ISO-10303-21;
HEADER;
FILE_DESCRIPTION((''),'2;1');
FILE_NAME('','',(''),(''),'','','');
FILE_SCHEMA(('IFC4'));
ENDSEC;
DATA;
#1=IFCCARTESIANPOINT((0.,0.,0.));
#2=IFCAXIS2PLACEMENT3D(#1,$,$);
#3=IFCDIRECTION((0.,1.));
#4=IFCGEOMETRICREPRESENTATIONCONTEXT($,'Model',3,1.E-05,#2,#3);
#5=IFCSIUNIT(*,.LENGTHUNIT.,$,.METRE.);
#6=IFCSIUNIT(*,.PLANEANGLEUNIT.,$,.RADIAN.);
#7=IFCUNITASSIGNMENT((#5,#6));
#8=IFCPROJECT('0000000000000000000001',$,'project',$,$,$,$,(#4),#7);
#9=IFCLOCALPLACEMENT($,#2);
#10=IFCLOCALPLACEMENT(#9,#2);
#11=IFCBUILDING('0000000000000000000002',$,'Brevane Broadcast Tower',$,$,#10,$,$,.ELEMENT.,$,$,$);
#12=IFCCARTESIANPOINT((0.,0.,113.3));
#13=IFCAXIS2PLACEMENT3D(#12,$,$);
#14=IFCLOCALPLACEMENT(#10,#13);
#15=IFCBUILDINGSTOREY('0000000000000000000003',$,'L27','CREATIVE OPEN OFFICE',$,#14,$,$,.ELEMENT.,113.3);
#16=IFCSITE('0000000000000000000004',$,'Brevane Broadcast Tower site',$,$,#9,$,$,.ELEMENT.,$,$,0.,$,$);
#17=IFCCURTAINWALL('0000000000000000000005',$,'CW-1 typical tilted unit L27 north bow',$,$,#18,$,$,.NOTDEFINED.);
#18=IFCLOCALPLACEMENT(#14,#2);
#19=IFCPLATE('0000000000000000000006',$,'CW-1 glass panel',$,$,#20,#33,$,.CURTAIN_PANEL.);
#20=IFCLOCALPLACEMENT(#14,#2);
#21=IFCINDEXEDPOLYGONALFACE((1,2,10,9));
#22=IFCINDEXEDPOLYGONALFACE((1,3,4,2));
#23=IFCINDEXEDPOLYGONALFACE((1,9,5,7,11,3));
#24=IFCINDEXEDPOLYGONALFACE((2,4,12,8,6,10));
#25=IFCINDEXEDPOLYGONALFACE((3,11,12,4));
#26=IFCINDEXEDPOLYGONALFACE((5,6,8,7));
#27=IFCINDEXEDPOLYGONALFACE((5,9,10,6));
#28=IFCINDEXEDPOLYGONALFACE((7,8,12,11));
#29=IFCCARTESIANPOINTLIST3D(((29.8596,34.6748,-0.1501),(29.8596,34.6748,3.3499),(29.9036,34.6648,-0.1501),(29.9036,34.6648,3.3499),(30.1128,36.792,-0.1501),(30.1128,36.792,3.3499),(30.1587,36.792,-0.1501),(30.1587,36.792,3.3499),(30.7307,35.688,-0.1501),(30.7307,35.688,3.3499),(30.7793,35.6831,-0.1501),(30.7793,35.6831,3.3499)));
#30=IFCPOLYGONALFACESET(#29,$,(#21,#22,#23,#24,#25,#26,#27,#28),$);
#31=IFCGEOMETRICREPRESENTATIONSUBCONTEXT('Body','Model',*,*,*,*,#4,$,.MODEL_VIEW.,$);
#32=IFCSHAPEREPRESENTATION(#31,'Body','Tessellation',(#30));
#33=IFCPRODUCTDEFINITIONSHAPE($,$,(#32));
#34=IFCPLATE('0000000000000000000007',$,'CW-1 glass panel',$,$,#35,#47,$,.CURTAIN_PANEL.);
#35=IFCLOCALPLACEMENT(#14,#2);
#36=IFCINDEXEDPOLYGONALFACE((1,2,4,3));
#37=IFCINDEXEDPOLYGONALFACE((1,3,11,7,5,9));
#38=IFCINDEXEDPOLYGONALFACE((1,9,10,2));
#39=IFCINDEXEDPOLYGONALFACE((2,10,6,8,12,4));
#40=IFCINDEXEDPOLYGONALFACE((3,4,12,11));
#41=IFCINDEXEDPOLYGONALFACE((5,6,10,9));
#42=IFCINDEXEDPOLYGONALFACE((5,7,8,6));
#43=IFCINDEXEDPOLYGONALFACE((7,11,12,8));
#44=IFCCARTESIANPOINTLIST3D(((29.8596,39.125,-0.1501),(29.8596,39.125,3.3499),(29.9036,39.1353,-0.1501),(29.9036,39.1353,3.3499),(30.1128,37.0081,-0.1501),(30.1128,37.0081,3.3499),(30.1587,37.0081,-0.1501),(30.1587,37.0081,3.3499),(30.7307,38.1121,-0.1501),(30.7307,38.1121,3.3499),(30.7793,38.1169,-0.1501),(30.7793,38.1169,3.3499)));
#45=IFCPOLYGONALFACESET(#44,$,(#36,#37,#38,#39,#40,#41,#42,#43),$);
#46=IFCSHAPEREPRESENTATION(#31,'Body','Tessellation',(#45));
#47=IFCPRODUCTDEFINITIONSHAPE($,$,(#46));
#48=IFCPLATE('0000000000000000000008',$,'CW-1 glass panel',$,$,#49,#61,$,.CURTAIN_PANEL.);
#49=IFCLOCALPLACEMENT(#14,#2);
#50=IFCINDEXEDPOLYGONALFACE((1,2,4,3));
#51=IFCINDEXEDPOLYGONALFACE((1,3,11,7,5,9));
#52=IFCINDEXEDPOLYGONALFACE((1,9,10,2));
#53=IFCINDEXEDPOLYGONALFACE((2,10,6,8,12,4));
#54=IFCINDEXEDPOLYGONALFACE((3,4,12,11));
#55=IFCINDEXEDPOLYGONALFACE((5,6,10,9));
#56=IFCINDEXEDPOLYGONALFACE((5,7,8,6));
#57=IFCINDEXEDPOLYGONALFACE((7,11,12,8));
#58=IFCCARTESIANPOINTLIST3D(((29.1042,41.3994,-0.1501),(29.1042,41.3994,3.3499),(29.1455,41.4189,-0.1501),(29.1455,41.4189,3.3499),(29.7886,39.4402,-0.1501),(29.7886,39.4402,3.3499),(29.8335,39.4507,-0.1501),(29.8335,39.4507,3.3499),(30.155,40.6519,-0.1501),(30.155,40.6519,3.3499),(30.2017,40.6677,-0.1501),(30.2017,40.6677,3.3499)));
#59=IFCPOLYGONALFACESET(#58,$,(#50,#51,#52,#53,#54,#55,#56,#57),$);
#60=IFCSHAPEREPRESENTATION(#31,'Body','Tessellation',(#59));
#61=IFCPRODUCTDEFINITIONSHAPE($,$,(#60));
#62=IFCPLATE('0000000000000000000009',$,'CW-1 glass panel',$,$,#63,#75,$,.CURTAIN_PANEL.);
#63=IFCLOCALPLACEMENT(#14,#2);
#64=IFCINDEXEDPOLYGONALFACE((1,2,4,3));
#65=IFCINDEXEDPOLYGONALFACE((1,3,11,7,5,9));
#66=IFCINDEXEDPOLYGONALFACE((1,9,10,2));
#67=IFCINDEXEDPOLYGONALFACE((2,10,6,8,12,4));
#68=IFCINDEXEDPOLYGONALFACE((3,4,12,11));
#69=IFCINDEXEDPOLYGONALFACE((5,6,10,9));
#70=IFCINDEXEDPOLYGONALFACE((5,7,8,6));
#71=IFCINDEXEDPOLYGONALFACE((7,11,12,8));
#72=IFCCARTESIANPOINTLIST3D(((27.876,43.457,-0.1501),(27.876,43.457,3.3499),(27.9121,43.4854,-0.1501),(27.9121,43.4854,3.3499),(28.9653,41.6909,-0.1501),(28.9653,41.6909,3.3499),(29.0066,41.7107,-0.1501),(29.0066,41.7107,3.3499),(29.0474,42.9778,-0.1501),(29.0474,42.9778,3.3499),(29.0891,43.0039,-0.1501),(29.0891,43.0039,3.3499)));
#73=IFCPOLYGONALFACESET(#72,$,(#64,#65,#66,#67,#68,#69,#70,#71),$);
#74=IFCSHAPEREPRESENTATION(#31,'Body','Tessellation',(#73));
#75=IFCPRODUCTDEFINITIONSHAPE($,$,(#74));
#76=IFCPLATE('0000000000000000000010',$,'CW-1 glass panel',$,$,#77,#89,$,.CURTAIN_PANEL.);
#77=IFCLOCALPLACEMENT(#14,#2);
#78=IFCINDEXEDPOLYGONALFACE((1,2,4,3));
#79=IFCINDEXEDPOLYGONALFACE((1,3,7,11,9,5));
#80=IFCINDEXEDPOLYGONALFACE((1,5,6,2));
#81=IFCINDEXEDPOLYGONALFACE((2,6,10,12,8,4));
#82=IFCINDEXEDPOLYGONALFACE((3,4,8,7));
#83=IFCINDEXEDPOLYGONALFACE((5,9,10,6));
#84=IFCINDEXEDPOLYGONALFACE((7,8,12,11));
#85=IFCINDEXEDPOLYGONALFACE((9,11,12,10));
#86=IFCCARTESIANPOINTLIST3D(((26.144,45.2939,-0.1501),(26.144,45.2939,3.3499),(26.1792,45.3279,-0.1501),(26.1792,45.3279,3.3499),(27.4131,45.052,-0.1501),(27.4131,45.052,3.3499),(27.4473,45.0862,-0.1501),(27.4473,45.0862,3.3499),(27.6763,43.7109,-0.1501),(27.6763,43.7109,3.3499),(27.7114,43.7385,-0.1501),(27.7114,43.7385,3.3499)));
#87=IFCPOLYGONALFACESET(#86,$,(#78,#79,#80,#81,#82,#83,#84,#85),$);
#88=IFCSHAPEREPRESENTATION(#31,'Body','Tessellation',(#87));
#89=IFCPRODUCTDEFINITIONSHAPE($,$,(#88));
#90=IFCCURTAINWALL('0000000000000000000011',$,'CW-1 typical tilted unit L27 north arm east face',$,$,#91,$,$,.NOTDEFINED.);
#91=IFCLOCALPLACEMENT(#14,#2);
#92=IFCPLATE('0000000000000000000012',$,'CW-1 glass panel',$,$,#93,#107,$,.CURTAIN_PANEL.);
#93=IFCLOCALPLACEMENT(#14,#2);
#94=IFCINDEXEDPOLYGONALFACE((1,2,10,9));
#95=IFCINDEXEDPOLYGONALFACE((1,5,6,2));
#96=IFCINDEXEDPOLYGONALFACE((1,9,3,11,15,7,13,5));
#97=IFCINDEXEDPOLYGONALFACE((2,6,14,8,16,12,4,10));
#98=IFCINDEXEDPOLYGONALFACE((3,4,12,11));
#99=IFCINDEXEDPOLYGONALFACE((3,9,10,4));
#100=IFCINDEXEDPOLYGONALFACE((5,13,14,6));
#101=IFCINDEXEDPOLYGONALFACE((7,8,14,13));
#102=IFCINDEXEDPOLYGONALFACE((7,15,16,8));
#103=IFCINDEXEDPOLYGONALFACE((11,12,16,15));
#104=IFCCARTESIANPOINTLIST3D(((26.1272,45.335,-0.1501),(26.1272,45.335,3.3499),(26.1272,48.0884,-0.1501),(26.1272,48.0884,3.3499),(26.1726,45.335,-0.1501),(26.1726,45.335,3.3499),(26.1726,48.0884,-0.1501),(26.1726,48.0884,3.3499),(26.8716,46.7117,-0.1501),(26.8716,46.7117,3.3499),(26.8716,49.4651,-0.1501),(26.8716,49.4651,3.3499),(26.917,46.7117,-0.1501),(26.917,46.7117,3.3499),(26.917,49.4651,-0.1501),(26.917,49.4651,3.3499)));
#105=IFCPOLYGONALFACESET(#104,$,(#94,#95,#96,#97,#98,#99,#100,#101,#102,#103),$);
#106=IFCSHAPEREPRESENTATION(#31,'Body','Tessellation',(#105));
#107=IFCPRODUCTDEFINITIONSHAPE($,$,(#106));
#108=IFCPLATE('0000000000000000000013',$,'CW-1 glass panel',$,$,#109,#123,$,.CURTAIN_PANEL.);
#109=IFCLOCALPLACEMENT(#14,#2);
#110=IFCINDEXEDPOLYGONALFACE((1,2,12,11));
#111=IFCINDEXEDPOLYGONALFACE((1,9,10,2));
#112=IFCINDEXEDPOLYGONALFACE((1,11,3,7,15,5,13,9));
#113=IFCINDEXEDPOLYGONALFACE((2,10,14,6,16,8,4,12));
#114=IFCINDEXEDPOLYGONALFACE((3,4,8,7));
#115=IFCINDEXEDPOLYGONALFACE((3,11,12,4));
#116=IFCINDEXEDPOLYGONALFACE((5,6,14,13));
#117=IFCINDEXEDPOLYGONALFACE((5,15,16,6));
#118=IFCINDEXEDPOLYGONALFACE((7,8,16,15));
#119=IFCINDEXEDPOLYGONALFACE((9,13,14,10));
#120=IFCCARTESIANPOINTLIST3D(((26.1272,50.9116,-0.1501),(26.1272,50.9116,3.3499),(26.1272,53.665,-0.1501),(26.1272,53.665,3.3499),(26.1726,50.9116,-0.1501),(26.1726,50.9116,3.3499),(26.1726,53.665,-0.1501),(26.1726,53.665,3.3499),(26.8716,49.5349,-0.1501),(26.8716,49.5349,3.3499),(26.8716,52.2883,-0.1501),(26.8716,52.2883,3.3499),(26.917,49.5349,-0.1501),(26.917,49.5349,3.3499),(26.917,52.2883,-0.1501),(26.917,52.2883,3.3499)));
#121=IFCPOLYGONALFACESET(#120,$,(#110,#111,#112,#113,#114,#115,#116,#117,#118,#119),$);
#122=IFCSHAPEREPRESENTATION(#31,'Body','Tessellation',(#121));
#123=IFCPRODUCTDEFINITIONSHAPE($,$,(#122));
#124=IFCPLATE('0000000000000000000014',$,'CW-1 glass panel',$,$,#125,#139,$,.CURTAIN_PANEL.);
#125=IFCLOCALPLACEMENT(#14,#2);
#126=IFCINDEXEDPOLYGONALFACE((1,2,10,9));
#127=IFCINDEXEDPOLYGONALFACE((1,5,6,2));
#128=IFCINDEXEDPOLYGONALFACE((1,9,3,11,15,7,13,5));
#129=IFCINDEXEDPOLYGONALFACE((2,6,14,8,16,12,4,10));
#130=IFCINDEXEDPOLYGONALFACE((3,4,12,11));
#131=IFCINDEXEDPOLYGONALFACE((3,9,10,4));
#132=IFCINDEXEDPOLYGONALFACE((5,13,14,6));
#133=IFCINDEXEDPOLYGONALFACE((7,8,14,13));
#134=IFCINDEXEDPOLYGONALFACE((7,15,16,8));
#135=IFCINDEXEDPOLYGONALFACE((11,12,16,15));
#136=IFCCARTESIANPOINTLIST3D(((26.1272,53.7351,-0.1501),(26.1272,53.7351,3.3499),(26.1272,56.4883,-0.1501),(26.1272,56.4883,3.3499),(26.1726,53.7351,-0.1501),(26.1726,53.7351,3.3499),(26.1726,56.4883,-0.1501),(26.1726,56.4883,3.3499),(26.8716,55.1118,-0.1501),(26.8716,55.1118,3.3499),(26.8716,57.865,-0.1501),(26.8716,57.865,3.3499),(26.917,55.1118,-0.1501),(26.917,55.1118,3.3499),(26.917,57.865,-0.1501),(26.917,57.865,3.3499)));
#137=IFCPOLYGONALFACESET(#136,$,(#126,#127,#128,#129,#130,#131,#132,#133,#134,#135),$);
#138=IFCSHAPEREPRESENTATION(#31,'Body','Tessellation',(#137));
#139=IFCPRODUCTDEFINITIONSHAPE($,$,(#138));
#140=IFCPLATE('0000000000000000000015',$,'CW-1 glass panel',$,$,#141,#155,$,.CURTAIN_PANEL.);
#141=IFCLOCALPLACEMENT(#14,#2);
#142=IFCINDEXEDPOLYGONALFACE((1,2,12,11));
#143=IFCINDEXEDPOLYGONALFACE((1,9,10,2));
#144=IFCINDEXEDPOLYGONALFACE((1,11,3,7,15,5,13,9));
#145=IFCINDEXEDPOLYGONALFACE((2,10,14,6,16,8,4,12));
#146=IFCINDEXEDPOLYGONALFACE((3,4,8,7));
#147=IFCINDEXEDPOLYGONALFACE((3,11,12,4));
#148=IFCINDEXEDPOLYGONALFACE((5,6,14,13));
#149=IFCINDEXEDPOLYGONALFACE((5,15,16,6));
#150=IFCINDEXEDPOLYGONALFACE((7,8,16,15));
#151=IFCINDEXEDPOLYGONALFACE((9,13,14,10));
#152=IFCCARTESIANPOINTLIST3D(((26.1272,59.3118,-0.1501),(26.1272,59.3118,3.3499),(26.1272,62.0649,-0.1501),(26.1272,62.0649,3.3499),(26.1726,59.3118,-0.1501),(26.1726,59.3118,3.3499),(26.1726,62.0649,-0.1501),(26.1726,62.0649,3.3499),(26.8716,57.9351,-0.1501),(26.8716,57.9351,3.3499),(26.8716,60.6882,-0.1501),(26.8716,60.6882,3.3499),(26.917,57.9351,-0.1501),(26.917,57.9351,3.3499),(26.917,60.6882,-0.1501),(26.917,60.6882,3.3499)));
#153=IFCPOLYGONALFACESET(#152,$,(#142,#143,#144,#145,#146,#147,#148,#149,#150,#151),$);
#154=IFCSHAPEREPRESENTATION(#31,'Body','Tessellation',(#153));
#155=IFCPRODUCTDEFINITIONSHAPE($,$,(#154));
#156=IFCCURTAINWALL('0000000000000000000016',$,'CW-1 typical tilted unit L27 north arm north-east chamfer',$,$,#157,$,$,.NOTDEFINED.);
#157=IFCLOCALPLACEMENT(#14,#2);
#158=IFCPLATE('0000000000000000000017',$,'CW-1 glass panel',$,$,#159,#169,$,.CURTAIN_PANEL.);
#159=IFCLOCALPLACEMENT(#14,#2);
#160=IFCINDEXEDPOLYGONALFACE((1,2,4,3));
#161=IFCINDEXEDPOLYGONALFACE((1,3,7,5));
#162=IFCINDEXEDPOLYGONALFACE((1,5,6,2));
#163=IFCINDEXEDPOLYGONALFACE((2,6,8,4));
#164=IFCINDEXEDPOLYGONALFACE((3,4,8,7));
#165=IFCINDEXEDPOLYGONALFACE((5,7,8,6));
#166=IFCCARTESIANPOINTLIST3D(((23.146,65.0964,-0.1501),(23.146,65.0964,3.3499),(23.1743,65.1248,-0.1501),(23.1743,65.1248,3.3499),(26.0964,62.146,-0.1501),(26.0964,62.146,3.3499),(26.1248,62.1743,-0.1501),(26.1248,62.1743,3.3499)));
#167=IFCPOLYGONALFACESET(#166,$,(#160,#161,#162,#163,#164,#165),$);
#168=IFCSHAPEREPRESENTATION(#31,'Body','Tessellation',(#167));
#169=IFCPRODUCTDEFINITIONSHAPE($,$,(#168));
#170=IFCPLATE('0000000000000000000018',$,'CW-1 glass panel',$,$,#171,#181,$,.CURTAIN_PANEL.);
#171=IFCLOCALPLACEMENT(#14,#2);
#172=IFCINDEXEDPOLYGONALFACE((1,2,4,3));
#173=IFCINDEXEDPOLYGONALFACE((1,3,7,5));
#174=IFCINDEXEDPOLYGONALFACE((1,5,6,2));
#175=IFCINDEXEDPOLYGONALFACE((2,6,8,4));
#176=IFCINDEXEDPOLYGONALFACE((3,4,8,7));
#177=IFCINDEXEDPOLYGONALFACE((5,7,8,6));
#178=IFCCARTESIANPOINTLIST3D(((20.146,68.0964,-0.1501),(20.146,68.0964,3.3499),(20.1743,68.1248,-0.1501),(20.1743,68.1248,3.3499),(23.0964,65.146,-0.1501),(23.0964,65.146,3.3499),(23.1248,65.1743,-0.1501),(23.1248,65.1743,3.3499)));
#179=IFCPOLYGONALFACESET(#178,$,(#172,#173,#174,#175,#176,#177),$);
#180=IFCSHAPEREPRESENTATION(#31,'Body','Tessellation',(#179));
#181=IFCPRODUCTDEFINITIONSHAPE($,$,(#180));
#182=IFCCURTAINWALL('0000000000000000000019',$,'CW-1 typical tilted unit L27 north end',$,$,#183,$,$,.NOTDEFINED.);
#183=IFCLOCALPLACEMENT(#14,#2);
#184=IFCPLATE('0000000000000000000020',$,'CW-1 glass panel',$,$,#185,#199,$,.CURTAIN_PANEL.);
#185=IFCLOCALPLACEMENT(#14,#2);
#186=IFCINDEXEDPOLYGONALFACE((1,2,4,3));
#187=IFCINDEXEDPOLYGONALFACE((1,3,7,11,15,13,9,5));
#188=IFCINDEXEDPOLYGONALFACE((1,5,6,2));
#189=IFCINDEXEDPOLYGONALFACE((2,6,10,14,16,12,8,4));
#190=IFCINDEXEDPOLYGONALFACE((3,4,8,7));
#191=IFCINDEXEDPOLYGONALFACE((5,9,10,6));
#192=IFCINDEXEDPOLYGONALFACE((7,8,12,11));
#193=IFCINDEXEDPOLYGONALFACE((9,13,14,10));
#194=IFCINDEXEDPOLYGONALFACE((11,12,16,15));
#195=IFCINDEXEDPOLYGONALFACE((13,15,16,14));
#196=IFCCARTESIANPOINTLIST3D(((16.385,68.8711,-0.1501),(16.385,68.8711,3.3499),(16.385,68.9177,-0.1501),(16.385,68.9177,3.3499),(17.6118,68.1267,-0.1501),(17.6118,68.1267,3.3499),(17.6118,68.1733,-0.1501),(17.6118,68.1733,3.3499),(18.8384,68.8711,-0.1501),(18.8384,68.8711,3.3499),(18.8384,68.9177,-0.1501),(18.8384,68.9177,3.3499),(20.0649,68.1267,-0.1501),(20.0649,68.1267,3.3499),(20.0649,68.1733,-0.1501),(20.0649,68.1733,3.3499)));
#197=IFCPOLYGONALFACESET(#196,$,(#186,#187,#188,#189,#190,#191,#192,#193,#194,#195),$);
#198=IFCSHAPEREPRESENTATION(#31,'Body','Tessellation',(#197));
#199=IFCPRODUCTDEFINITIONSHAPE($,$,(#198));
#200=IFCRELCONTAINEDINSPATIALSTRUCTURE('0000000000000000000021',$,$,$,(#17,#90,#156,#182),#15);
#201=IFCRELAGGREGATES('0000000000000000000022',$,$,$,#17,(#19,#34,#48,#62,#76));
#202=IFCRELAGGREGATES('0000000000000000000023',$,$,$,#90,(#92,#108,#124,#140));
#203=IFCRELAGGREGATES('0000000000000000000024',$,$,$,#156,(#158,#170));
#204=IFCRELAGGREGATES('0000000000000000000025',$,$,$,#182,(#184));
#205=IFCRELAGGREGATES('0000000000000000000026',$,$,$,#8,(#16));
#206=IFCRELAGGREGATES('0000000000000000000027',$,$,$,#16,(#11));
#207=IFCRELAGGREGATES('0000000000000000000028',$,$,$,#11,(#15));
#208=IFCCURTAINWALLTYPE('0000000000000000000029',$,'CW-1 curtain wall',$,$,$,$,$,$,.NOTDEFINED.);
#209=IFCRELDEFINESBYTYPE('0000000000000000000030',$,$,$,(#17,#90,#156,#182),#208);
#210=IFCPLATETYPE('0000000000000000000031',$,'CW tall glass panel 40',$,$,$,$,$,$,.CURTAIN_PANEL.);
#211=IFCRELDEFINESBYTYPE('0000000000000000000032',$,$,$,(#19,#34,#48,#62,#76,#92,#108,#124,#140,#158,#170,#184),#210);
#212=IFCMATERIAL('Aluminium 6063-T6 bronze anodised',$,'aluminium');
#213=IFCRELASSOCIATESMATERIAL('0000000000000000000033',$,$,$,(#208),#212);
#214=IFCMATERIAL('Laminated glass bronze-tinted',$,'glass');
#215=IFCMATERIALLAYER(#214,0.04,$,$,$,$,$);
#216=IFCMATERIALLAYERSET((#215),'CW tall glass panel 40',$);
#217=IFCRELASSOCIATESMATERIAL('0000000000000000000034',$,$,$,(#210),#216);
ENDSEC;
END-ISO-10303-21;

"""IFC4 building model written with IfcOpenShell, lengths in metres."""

from ifc_helpers import new_model, si_unit, direction, frame, origin, place, context, subcontext, project, spatial, polyline, outline, extrude, material, layer, layer_set, type_object, element, aggregate, save


model = new_model("IFC4")

# Units and contexts
model_context = context("Model", 3, precision=1e-05, world=origin(), true_north=direction((0.0, 1.0)))
body_context = subcontext(model_context, "Body", "Model", "MODEL_VIEW")
ifc_project = project(units=[si_unit("LENGTHUNIT", "METRE"), si_unit("PLANEANGLEUNIT", "RADIAN")], contexts=[model_context])

# Site, building, storey
site_placement = place(None, origin())
site = spatial("IfcSite", under=ifc_project, at=site_placement, Name="Brevane Broadcast Tower site", CompositionType="ELEMENT", RefElevation=0.0)
building_placement = place(site_placement, origin())
building = spatial("IfcBuilding", under=site, at=building_placement, Name="Brevane Broadcast Tower", CompositionType="ELEMENT")
storey_placement = place(building_placement, frame((0.0, 0.0, 113.3)))
storey = spatial("IfcBuildingStorey", under=building, at=storey_placement, Name="L27", Description="CREATIVE OPEN OFFICE", CompositionType="ELEMENT", Elevation=113.3)

# Shared definitions
ifc_material_1 = material(Name="Aluminium 6063-T6 bronze anodised", Category="aluminium")
curtain_wall_type = type_object("IfcCurtainWallType", Name="CW-1 curtain wall", PredefinedType="NOTDEFINED", material=ifc_material_1)

# Curtain walls, plates
ifc_material_2 = material(Name="Laminated glass bronze-tinted", Category="glass")
ifc_layer = layer(ifc_material_2, 0.04)
ifc_layer_set = layer_set([ifc_layer], Name="CW tall glass panel 40")
plate_type = type_object("IfcPlateType", Name="CW tall glass panel 40", PredefinedType="CURTAIN_PANEL", material=ifc_layer_set)
curtain_wall_1_placement = place(storey_placement, origin())
curtain_wall_1 = element("IfcCurtainWall", 1, at=curtain_wall_1_placement, inside=storey, type_object=curtain_wall_type, Name="CW-1 typical tilted unit L27 north bow", PredefinedType="NOTDEFINED")
plate_1_placement = place(storey_placement, frame((0.0, 0.0, -0.1501)))
plate_1 = element("IfcPlate", 2, at=plate_1_placement, type_object=plate_type, Name="CW-1 glass panel", PredefinedType="CURTAIN_PANEL", context=body_context, shape_type="SweptSolid", body=[
    extrude(outline(polyline([(29.8596, 34.6748), (29.9036, 34.6648), (30.7793, 35.6831), (30.1587, 36.792), (30.1128, 36.792), (30.7307, 35.688), (29.8596, 34.6748)])), origin(), (0.0, 0.0, 1.0), 3.5),
])
plate_2_placement = place(storey_placement, frame((0.0, 0.0, -0.1501)))
plate_2 = element("IfcPlate", 3, at=plate_2_placement, type_object=plate_type, Name="CW-1 glass panel", PredefinedType="CURTAIN_PANEL", context=body_context, shape_type="SweptSolid", body=[
    extrude(outline(polyline([(30.1128, 37.0081), (30.1587, 37.0081), (30.7793, 38.1169), (29.9036, 39.1353), (29.8596, 39.125), (30.7307, 38.1121), (30.1128, 37.0081)])), origin(), (0.0, 0.0, 1.0), 3.5),
])
plate_3_placement = place(storey_placement, frame((0.0, 0.0, -0.1501)))
plate_3 = element("IfcPlate", 4, at=plate_3_placement, type_object=plate_type, Name="CW-1 glass panel", PredefinedType="CURTAIN_PANEL", context=body_context, shape_type="SweptSolid", body=[
    extrude(outline(polyline([(29.7886, 39.4402), (29.8335, 39.4507), (30.2017, 40.6677), (29.1455, 41.4189), (29.1042, 41.3994), (30.155, 40.6519), (29.7886, 39.4402)])), origin(), (0.0, 0.0, 1.0), 3.5),
])
plate_4_placement = place(storey_placement, frame((0.0, 0.0, -0.1501)))
plate_4 = element("IfcPlate", 5, at=plate_4_placement, type_object=plate_type, Name="CW-1 glass panel", PredefinedType="CURTAIN_PANEL", context=body_context, shape_type="SweptSolid", body=[
    extrude(outline(polyline([(28.9653, 41.6909), (29.0066, 41.7107), (29.0891, 43.0039), (27.9121, 43.4854), (27.876, 43.457), (29.0474, 42.9778), (28.9653, 41.6909)])), origin(), (0.0, 0.0, 1.0), 3.5),
])
plate_5_placement = place(storey_placement, frame((0.0, 0.0, -0.1501)))
plate_5 = element("IfcPlate", 6, at=plate_5_placement, type_object=plate_type, Name="CW-1 glass panel", PredefinedType="CURTAIN_PANEL", context=body_context, shape_type="SweptSolid", body=[
    extrude(outline(polyline([(27.6763, 43.7109), (27.7114, 43.7385), (27.4473, 45.0862), (26.1792, 45.3279), (26.144, 45.2939), (27.4131, 45.052), (27.6763, 43.7109)])), origin(), (0.0, 0.0, 1.0), 3.5),
])
aggregate(curtain_wall_1, [plate_1, plate_2, plate_3, plate_4, plate_5])
curtain_wall_2_placement = place(storey_placement, origin())
curtain_wall_2 = element("IfcCurtainWall", 7, at=curtain_wall_2_placement, inside=storey, type_object=curtain_wall_type, Name="CW-1 typical tilted unit L27 north arm east face", PredefinedType="NOTDEFINED")
plate_6_placement = place(storey_placement, frame((0.0, 0.0, -0.1501)))
plate_6 = element("IfcPlate", 8, at=plate_6_placement, type_object=plate_type, Name="CW-1 glass panel", PredefinedType="CURTAIN_PANEL", context=body_context, shape_type="SweptSolid", body=[
    extrude(outline(polyline([(26.1272, 45.335), (26.1726, 45.335), (26.917, 46.7117), (26.1726, 48.0884), (26.917, 49.4651), (26.8716, 49.4651), (26.1272, 48.0884), (26.8716, 46.7117), (26.1272, 45.335)])), origin(), (0.0, 0.0, 1.0), 3.5),
])
plate_7_placement = place(storey_placement, frame((0.0, 0.0, -0.1501)))
plate_7 = element("IfcPlate", 9, at=plate_7_placement, type_object=plate_type, Name="CW-1 glass panel", PredefinedType="CURTAIN_PANEL", context=body_context, shape_type="SweptSolid", body=[
    extrude(outline(polyline([(26.8716, 49.5349), (26.917, 49.5349), (26.1726, 50.9116), (26.917, 52.2883), (26.1726, 53.665), (26.1272, 53.665), (26.8716, 52.2883), (26.1272, 50.9116), (26.8716, 49.5349)])), origin(), (0.0, 0.0, 1.0), 3.5),
])
plate_8_placement = place(storey_placement, frame((0.0, 0.0, -0.1501)))
plate_8 = element("IfcPlate", 10, at=plate_8_placement, type_object=plate_type, Name="CW-1 glass panel", PredefinedType="CURTAIN_PANEL", context=body_context, shape_type="SweptSolid", body=[
    extrude(outline(polyline([(26.1272, 53.7351), (26.1726, 53.7351), (26.917, 55.1118), (26.1726, 56.4883), (26.917, 57.865), (26.8716, 57.865), (26.1272, 56.4883), (26.8716, 55.1118), (26.1272, 53.7351)])), origin(), (0.0, 0.0, 1.0), 3.5),
])
plate_9_placement = place(storey_placement, frame((0.0, 0.0, -0.1501)))
plate_9 = element("IfcPlate", 11, at=plate_9_placement, type_object=plate_type, Name="CW-1 glass panel", PredefinedType="CURTAIN_PANEL", context=body_context, shape_type="SweptSolid", body=[
    extrude(outline(polyline([(26.8716, 57.9351), (26.917, 57.9351), (26.1726, 59.3118), (26.917, 60.6882), (26.1726, 62.0649), (26.1272, 62.0649), (26.8716, 60.6882), (26.1272, 59.3118), (26.8716, 57.9351)])), origin(), (0.0, 0.0, 1.0), 3.5),
])
aggregate(curtain_wall_2, [plate_6, plate_7, plate_8, plate_9])
curtain_wall_3_placement = place(storey_placement, origin())
curtain_wall_3 = element("IfcCurtainWall", 12, at=curtain_wall_3_placement, inside=storey, type_object=curtain_wall_type, Name="CW-1 typical tilted unit L27 north arm north-east chamfer", PredefinedType="NOTDEFINED")
plate_10_placement = place(storey_placement, frame((0.0, 0.0, -0.1501)))
plate_10 = element("IfcPlate", 13, at=plate_10_placement, type_object=plate_type, Name="CW-1 glass panel", PredefinedType="CURTAIN_PANEL", context=body_context, shape_type="SweptSolid", body=[
    extrude(outline(polyline([(26.0964, 62.146), (23.146, 65.0964), (23.1743, 65.1248), (26.1248, 62.1743), (26.0964, 62.146)])), origin(), (0.0, 0.0, 1.0), 3.5),
])
plate_11_placement = place(storey_placement, frame((0.0, 0.0, -0.1501)))
plate_11 = element("IfcPlate", 14, at=plate_11_placement, type_object=plate_type, Name="CW-1 glass panel", PredefinedType="CURTAIN_PANEL", context=body_context, shape_type="SweptSolid", body=[
    extrude(outline(polyline([(23.0964, 65.146), (20.146, 68.0964), (20.1743, 68.1248), (23.1248, 65.1743), (23.0964, 65.146)])), origin(), (0.0, 0.0, 1.0), 3.5),
])
aggregate(curtain_wall_3, [plate_10, plate_11])
curtain_wall_4_placement = place(storey_placement, origin())
curtain_wall_4 = element("IfcCurtainWall", 15, at=curtain_wall_4_placement, inside=storey, type_object=curtain_wall_type, Name="CW-1 typical tilted unit L27 north end", PredefinedType="NOTDEFINED")
plate_12_placement = place(storey_placement, frame((0.0, 0.0, -0.1501)))
plate_12 = element("IfcPlate", 16, at=plate_12_placement, type_object=plate_type, Name="CW-1 glass panel", PredefinedType="CURTAIN_PANEL", context=body_context, shape_type="SweptSolid", body=[
    extrude(outline(polyline([(20.0649, 68.1267), (20.0649, 68.1733), (18.8384, 68.9177), (17.6118, 68.1733), (16.385, 68.9177), (16.385, 68.8711), (17.6118, 68.1267), (18.8384, 68.8711), (20.0649, 68.1267)])), origin(), (0.0, 0.0, 1.0), 3.5),
])
aggregate(curtain_wall_4, [plate_12])

save(model, "model.ifc")
